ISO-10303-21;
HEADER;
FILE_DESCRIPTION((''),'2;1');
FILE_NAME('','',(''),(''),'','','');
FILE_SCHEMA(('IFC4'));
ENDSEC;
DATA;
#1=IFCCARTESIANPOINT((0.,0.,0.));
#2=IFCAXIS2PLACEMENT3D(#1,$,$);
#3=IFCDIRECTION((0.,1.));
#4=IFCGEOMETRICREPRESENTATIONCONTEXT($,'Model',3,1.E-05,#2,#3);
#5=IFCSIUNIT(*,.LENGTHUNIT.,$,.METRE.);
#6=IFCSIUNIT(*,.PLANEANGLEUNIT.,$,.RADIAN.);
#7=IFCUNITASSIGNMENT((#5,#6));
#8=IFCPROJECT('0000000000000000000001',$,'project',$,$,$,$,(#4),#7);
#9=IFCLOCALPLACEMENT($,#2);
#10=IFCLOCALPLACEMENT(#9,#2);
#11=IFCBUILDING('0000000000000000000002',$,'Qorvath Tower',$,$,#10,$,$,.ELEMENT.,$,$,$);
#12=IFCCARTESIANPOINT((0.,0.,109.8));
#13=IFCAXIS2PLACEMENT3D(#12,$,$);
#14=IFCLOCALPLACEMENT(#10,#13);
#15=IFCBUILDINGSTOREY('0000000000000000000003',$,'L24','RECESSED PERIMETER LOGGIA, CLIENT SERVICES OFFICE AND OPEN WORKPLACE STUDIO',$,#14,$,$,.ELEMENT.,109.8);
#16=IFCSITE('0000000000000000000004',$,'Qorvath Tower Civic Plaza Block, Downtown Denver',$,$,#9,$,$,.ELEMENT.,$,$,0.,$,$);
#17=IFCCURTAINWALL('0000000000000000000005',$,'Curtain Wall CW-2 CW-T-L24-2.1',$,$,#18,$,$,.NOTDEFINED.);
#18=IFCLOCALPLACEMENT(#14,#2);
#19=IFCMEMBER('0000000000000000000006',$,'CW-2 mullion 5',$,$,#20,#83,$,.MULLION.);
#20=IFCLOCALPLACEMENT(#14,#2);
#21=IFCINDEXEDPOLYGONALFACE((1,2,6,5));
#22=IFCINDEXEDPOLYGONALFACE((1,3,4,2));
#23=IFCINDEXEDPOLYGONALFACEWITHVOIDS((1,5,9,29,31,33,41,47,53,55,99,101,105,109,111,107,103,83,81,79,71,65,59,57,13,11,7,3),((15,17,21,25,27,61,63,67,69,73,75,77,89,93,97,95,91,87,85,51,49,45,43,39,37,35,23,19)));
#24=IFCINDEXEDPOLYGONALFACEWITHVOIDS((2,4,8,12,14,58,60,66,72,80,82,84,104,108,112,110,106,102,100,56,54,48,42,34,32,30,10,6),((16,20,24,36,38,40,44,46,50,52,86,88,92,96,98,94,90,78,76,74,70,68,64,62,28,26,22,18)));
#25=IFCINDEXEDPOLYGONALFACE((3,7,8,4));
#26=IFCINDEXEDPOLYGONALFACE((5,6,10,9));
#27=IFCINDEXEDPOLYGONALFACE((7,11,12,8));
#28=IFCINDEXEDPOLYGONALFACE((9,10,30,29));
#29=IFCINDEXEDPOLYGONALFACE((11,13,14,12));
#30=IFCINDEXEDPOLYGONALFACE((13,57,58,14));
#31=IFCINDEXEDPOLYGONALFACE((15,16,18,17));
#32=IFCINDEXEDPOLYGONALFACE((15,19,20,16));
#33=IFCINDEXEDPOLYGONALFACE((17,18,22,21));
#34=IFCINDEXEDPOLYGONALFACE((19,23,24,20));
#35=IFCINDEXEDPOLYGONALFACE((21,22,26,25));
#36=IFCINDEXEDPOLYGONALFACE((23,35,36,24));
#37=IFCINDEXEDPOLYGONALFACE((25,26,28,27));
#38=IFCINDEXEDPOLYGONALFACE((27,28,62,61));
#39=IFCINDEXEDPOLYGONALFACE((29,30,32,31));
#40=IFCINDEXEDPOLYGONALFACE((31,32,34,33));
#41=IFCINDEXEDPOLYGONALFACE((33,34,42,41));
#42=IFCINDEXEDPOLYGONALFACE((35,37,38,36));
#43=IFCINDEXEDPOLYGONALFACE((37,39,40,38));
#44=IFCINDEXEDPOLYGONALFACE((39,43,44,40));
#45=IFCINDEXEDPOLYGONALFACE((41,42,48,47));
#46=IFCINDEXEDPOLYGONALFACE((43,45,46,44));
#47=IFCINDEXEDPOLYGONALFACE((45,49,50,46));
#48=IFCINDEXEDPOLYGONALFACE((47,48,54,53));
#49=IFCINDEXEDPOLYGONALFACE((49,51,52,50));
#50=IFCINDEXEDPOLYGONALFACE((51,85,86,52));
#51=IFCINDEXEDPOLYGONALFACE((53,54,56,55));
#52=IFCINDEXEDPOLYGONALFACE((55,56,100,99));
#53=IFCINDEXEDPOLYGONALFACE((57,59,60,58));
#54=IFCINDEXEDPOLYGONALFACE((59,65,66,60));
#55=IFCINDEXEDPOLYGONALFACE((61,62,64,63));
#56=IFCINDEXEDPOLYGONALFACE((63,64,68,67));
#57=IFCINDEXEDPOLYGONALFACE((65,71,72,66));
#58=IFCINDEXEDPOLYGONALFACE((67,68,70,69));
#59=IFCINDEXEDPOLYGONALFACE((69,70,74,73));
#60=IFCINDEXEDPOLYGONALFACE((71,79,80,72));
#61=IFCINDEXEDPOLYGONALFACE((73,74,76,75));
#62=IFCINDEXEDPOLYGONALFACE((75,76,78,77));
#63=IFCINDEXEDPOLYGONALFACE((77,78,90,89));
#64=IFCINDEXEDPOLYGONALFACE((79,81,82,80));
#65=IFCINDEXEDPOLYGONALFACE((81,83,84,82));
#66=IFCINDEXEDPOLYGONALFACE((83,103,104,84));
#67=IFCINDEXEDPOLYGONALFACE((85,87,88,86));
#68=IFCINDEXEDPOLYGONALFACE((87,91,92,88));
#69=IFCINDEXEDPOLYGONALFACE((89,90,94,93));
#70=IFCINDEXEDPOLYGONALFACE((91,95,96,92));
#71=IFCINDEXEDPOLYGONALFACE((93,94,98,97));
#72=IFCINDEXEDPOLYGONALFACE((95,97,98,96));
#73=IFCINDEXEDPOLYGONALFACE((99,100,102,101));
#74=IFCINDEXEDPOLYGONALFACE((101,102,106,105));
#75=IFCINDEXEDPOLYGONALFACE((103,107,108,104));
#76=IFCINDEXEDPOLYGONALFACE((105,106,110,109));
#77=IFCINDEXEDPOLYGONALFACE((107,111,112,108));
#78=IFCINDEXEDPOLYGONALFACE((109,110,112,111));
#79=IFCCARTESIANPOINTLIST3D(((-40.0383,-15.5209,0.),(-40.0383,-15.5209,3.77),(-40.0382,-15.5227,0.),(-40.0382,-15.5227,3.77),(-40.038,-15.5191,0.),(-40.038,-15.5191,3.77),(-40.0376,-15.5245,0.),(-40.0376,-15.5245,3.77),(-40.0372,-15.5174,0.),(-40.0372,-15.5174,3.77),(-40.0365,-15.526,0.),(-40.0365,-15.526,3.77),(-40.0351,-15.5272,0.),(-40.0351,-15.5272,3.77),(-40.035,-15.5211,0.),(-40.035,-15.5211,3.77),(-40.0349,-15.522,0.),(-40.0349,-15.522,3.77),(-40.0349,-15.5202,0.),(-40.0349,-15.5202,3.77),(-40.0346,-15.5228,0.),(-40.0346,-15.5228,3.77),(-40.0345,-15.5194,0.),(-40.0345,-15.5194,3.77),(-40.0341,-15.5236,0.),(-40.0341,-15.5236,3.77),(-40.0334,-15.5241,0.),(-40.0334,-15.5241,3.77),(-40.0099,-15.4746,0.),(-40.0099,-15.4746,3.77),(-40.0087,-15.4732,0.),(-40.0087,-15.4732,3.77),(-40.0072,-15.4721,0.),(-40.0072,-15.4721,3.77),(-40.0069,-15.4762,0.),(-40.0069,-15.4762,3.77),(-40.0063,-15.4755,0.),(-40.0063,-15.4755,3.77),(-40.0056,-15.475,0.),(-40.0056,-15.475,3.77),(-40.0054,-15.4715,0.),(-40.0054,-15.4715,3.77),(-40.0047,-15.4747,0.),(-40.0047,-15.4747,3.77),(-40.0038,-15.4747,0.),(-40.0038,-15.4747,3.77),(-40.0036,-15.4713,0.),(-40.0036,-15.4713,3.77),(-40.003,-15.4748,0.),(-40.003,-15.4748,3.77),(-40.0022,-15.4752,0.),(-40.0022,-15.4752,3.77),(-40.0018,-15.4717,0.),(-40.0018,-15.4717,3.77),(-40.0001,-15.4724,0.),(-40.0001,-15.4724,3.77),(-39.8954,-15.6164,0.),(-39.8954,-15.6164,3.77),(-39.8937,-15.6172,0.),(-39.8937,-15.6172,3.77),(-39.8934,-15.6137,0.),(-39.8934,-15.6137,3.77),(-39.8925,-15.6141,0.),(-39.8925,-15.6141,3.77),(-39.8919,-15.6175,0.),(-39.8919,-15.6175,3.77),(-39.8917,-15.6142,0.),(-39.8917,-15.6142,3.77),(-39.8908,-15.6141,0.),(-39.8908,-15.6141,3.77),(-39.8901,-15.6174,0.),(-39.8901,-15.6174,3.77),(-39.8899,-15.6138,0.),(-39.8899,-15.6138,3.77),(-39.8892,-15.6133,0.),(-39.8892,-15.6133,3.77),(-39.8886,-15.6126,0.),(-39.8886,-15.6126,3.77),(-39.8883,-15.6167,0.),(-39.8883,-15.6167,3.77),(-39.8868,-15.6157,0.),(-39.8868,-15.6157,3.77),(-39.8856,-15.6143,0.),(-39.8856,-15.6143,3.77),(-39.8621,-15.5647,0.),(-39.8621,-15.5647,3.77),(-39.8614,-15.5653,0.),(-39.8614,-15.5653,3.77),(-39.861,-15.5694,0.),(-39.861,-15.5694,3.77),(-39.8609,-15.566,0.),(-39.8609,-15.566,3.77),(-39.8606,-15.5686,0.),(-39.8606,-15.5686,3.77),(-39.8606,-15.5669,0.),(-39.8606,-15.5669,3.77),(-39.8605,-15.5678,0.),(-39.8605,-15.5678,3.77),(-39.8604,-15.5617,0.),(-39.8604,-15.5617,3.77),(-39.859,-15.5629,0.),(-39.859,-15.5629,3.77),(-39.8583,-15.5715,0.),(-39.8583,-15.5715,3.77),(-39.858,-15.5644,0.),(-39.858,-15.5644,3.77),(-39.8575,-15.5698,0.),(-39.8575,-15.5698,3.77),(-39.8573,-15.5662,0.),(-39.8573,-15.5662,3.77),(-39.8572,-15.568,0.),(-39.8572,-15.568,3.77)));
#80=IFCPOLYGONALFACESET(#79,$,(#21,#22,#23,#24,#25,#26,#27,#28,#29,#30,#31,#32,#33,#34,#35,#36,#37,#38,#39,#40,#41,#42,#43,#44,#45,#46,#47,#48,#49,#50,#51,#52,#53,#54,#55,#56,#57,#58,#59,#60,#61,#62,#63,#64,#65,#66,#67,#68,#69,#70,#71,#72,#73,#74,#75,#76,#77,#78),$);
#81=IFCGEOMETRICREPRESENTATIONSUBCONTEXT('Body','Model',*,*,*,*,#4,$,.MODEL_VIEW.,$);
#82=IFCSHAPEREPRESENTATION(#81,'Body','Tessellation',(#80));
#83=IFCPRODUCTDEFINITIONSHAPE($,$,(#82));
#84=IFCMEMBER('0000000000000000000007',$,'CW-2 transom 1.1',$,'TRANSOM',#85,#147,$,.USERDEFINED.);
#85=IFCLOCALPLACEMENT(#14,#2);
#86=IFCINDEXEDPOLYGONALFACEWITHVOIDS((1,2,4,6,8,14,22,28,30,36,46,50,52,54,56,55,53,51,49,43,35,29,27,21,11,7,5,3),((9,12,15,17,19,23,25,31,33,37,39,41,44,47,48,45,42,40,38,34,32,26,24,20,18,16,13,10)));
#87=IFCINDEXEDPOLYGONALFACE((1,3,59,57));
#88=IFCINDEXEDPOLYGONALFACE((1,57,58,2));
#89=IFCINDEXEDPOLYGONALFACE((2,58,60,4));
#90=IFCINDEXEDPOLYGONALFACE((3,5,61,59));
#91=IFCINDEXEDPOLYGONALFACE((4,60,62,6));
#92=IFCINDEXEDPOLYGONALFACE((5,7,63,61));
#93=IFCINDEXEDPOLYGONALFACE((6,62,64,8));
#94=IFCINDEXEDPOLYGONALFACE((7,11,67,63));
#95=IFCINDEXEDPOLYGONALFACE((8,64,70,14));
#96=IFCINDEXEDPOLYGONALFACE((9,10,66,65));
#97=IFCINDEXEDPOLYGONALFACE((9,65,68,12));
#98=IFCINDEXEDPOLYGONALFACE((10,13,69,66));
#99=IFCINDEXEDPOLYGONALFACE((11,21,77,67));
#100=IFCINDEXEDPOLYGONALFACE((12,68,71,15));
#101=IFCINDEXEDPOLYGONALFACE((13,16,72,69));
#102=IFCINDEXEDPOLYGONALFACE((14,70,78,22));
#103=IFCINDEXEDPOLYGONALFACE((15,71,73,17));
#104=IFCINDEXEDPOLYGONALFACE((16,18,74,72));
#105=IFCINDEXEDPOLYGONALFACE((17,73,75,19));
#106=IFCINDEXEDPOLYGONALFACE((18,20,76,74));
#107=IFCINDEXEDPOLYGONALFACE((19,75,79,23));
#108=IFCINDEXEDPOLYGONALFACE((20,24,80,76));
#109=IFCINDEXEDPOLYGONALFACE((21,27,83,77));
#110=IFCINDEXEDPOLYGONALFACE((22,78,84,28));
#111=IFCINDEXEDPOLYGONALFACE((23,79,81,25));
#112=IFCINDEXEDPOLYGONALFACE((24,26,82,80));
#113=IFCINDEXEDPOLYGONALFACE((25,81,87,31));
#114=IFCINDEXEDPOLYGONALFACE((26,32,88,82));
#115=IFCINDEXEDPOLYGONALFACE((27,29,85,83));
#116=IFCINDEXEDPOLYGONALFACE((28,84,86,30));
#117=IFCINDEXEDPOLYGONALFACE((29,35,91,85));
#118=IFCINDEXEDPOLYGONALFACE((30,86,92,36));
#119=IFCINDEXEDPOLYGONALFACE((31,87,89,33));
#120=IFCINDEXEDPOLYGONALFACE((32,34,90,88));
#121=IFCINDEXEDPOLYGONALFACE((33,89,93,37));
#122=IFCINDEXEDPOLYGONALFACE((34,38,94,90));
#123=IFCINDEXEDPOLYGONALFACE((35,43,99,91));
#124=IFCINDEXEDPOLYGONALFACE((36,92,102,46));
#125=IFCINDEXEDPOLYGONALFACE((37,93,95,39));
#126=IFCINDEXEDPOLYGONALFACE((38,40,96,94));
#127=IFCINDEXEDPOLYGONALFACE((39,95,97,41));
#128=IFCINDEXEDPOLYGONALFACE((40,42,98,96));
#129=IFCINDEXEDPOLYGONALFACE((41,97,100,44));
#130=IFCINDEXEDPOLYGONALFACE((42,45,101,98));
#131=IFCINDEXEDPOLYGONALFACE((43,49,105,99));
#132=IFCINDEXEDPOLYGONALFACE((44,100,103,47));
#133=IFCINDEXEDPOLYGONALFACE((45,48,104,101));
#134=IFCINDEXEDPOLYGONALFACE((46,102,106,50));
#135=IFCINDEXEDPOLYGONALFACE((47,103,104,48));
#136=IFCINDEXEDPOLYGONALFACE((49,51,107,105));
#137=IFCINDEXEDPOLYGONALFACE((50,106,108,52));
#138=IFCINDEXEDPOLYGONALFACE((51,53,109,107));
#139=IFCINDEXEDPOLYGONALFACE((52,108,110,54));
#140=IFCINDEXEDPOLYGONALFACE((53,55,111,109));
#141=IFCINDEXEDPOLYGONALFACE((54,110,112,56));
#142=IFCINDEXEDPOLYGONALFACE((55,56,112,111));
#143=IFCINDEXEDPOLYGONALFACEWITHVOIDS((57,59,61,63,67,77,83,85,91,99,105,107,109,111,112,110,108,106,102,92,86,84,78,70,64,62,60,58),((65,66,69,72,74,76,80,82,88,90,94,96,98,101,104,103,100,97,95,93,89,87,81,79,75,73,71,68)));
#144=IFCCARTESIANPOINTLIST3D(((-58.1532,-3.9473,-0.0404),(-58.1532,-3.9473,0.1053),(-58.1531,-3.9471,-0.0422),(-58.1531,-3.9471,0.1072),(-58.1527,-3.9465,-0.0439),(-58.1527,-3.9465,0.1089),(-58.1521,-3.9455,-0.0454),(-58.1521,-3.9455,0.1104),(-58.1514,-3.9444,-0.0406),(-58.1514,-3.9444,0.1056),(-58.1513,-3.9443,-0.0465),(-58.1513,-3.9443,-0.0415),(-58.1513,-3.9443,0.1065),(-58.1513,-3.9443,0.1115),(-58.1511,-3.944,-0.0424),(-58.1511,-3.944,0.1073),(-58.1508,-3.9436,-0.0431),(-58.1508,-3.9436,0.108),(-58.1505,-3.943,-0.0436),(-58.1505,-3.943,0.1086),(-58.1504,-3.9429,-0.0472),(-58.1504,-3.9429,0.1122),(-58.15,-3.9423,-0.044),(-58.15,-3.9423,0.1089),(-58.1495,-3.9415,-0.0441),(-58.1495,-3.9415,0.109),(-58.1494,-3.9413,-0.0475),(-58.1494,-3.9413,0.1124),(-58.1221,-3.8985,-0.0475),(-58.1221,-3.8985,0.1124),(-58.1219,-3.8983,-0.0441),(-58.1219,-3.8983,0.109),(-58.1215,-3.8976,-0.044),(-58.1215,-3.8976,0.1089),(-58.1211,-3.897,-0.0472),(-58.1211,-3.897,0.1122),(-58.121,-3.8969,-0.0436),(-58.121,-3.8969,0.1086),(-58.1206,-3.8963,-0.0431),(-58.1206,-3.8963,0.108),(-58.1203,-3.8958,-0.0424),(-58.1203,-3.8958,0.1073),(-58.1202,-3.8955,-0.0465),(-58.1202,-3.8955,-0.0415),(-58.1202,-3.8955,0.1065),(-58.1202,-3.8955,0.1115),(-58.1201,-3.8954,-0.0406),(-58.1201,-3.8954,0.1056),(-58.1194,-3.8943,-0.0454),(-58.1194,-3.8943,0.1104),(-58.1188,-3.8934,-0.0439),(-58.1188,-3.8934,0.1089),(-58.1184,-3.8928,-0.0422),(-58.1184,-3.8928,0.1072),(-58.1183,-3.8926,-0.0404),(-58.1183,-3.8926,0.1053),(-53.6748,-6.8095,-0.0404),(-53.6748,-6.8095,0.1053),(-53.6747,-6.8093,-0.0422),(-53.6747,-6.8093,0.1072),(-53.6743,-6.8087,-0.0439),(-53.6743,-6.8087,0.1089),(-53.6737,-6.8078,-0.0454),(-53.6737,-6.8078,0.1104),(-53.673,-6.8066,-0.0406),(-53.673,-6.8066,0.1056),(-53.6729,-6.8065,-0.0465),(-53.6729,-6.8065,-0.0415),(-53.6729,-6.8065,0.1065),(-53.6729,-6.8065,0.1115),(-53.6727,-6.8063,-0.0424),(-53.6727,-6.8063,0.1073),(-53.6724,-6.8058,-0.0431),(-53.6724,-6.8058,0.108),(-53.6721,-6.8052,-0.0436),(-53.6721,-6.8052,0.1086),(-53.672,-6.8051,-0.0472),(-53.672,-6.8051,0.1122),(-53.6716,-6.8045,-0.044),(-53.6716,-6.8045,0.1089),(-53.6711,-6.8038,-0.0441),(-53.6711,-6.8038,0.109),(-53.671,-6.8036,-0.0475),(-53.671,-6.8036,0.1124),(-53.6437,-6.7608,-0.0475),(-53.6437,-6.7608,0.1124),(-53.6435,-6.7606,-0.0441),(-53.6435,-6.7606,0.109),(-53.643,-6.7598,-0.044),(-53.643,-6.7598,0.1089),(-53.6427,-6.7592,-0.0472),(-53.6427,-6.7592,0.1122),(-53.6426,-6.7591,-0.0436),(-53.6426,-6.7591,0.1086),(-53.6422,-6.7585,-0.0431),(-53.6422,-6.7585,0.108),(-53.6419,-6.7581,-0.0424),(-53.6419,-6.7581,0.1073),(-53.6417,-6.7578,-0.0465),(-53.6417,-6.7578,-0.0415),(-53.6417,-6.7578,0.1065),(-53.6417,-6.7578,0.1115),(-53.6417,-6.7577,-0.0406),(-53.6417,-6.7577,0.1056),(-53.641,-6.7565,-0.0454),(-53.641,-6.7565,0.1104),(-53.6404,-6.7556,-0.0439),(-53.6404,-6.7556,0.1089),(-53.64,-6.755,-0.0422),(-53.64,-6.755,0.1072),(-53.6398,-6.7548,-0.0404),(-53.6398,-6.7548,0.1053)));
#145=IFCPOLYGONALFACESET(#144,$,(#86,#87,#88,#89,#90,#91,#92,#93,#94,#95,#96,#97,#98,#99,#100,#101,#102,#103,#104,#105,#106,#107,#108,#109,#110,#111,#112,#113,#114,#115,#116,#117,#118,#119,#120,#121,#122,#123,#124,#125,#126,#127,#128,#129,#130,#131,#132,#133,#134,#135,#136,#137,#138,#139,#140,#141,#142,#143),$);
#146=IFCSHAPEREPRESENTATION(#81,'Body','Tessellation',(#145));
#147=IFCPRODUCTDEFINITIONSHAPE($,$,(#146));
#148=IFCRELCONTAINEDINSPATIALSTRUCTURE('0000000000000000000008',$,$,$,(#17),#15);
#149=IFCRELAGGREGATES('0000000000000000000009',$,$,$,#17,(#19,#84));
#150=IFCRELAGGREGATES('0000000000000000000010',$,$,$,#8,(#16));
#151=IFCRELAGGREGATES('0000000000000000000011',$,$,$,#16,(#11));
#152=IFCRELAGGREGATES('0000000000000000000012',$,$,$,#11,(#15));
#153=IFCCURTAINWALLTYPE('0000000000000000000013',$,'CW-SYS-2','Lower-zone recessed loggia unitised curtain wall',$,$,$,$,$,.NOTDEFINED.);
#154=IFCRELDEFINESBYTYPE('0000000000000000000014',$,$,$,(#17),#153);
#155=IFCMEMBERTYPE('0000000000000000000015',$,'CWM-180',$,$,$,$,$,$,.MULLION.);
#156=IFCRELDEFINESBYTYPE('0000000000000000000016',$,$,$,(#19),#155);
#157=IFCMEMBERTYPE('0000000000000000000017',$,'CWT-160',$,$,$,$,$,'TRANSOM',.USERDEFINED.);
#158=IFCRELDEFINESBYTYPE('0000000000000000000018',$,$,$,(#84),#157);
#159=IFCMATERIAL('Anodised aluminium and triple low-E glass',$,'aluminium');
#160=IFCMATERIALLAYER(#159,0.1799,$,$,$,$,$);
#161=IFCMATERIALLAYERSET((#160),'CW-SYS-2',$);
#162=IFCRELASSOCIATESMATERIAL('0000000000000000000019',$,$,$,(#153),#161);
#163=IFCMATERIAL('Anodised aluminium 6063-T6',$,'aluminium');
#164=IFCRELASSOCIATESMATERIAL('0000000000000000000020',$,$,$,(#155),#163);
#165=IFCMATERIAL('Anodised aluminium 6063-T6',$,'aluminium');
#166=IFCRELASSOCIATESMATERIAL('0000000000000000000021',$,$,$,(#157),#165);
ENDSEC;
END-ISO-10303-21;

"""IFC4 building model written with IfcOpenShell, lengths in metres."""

from ifc_helpers import new_model, si_unit, direction, frame, origin, origin_2d, place, context, subcontext, project, spatial, hollow_rectangle, extrude, material, layer, layer_set, material_profile, profile_set, type_object, element, aggregate, save


model = new_model("IFC4")

# Units and contexts
model_context = context("Model", 3, precision=1e-05, world=origin(), true_north=direction((0.0, 1.0)))
body_context = subcontext(model_context, "Body", "Model", "MODEL_VIEW")
ifc_project = project(units=[si_unit("LENGTHUNIT", "METRE"), si_unit("PLANEANGLEUNIT", "RADIAN")], contexts=[model_context])

# Site, building, storey
site_placement = place(None, origin())
site = spatial("IfcSite", under=ifc_project, at=site_placement, Name="Qorvath Tower Civic Plaza Block, Downtown Denver", CompositionType="ELEMENT", RefElevation=0.0)
building_placement = place(site_placement, origin())
building = spatial("IfcBuilding", under=site, at=building_placement, Name="Qorvath Tower", CompositionType="ELEMENT")
storey_placement = place(building_placement, frame((0.0, 0.0, 109.8)))
storey = spatial("IfcBuildingStorey", under=building, at=storey_placement, Name="L24", Description="RECESSED PERIMETER LOGGIA, CLIENT SERVICES OFFICE AND OPEN WORKPLACE STUDIO", CompositionType="ELEMENT", Elevation=109.8)

# Curtain wall, members
ifc_material_1 = material(Name="Anodised aluminium and triple low-E glass", Category="aluminium")
ifc_layer_1 = layer(ifc_material_1, 0.1799)
ifc_layer_set_1 = layer_set([ifc_layer_1], Name="CW-SYS-2")
curtain_wall_type = type_object("IfcCurtainWallType", Name="CW-SYS-2", Description="Lower-zone recessed loggia unitised curtain wall", PredefinedType="NOTDEFINED", material=ifc_layer_set_1)
curtain_wall_placement = place(storey_placement, origin())
curtain_wall = element("IfcCurtainWall", 1, at=curtain_wall_placement, inside=storey, type_object=curtain_wall_type, Name="Curtain Wall CW-2 CW-T-L24-2.1", PredefinedType="NOTDEFINED")
ifc_material_2 = material(Name="Anodised aluminium 6063-T6", Category="aluminium")
ifc_material_profile_1 = material_profile(ifc_material_2, hollow_rectangle(XDim=0.0649, YDim=0.1799, WallThickness=0.0034, InnerFilletRadius=0.0034, OuterFilletRadius=0.0071, at=origin_2d()), Name="CWM 180x65")
ifc_profile_set_1 = profile_set([ifc_material_profile_1], Name="Anodised aluminium 6063-T6")
member_type_1 = type_object("IfcMemberType", Name="CWM-180", PredefinedType="MULLION", material=ifc_profile_set_1)
member_1_placement = place(storey_placement, frame((-39.9478, -15.5444, 0.0), z_axis=(0.0, 0.0, 1.0), x_axis=(0.53853, 0.842606, 0.0)))
member_1 = element("IfcMember", 2, at=member_1_placement, type_object=member_type_1, Name="CW-2 mullion 5", PredefinedType="MULLION", context=body_context, shape_type="SweptSolid", body=[
    extrude(hollow_rectangle(XDim=0.0649, YDim=0.1799, WallThickness=0.0034, InnerFilletRadius=0.0034, OuterFilletRadius=0.0071, at=origin_2d()), origin(), (0.0, 0.0, 1.0), 3.77),
])
ifc_material_3 = material(Name="Anodised aluminium 6063-T6", Category="aluminium")
ifc_material_profile_2 = material_profile(ifc_material_3, hollow_rectangle(XDim=0.0649, YDim=0.1599, WallThickness=0.0034, InnerFilletRadius=0.0034, OuterFilletRadius=0.0071, at=origin_2d()), Name="CWT 160x65")
ifc_profile_set_2 = profile_set([ifc_material_profile_2], Name="Anodised aluminium 6063-T6")
member_type_2 = type_object("IfcMemberType", Name="CWT-160", ElementType="TRANSOM", PredefinedType="USERDEFINED", material=ifc_profile_set_2)
member_2_placement = place(storey_placement, frame((-58.1357, -3.9199, 0.0325), z_axis=(0.842608, -0.538527, 0.0), x_axis=(0.538527, 0.842608, 0.0)))
member_2 = element("IfcMember", 3, at=member_2_placement, type_object=member_type_2, Name="CW-2 transom 1.1", ObjectType="TRANSOM", PredefinedType="USERDEFINED", context=body_context, shape_type="SweptSolid", body=[
    extrude(hollow_rectangle(XDim=0.0649, YDim=0.1599, WallThickness=0.0034, InnerFilletRadius=0.0034, OuterFilletRadius=0.0071, at=origin_2d()), origin(), (0.0, 0.0, 1.0), 5.3149),
])
aggregate(curtain_wall, [member_1, member_2])

save(model, "model.ifc")
